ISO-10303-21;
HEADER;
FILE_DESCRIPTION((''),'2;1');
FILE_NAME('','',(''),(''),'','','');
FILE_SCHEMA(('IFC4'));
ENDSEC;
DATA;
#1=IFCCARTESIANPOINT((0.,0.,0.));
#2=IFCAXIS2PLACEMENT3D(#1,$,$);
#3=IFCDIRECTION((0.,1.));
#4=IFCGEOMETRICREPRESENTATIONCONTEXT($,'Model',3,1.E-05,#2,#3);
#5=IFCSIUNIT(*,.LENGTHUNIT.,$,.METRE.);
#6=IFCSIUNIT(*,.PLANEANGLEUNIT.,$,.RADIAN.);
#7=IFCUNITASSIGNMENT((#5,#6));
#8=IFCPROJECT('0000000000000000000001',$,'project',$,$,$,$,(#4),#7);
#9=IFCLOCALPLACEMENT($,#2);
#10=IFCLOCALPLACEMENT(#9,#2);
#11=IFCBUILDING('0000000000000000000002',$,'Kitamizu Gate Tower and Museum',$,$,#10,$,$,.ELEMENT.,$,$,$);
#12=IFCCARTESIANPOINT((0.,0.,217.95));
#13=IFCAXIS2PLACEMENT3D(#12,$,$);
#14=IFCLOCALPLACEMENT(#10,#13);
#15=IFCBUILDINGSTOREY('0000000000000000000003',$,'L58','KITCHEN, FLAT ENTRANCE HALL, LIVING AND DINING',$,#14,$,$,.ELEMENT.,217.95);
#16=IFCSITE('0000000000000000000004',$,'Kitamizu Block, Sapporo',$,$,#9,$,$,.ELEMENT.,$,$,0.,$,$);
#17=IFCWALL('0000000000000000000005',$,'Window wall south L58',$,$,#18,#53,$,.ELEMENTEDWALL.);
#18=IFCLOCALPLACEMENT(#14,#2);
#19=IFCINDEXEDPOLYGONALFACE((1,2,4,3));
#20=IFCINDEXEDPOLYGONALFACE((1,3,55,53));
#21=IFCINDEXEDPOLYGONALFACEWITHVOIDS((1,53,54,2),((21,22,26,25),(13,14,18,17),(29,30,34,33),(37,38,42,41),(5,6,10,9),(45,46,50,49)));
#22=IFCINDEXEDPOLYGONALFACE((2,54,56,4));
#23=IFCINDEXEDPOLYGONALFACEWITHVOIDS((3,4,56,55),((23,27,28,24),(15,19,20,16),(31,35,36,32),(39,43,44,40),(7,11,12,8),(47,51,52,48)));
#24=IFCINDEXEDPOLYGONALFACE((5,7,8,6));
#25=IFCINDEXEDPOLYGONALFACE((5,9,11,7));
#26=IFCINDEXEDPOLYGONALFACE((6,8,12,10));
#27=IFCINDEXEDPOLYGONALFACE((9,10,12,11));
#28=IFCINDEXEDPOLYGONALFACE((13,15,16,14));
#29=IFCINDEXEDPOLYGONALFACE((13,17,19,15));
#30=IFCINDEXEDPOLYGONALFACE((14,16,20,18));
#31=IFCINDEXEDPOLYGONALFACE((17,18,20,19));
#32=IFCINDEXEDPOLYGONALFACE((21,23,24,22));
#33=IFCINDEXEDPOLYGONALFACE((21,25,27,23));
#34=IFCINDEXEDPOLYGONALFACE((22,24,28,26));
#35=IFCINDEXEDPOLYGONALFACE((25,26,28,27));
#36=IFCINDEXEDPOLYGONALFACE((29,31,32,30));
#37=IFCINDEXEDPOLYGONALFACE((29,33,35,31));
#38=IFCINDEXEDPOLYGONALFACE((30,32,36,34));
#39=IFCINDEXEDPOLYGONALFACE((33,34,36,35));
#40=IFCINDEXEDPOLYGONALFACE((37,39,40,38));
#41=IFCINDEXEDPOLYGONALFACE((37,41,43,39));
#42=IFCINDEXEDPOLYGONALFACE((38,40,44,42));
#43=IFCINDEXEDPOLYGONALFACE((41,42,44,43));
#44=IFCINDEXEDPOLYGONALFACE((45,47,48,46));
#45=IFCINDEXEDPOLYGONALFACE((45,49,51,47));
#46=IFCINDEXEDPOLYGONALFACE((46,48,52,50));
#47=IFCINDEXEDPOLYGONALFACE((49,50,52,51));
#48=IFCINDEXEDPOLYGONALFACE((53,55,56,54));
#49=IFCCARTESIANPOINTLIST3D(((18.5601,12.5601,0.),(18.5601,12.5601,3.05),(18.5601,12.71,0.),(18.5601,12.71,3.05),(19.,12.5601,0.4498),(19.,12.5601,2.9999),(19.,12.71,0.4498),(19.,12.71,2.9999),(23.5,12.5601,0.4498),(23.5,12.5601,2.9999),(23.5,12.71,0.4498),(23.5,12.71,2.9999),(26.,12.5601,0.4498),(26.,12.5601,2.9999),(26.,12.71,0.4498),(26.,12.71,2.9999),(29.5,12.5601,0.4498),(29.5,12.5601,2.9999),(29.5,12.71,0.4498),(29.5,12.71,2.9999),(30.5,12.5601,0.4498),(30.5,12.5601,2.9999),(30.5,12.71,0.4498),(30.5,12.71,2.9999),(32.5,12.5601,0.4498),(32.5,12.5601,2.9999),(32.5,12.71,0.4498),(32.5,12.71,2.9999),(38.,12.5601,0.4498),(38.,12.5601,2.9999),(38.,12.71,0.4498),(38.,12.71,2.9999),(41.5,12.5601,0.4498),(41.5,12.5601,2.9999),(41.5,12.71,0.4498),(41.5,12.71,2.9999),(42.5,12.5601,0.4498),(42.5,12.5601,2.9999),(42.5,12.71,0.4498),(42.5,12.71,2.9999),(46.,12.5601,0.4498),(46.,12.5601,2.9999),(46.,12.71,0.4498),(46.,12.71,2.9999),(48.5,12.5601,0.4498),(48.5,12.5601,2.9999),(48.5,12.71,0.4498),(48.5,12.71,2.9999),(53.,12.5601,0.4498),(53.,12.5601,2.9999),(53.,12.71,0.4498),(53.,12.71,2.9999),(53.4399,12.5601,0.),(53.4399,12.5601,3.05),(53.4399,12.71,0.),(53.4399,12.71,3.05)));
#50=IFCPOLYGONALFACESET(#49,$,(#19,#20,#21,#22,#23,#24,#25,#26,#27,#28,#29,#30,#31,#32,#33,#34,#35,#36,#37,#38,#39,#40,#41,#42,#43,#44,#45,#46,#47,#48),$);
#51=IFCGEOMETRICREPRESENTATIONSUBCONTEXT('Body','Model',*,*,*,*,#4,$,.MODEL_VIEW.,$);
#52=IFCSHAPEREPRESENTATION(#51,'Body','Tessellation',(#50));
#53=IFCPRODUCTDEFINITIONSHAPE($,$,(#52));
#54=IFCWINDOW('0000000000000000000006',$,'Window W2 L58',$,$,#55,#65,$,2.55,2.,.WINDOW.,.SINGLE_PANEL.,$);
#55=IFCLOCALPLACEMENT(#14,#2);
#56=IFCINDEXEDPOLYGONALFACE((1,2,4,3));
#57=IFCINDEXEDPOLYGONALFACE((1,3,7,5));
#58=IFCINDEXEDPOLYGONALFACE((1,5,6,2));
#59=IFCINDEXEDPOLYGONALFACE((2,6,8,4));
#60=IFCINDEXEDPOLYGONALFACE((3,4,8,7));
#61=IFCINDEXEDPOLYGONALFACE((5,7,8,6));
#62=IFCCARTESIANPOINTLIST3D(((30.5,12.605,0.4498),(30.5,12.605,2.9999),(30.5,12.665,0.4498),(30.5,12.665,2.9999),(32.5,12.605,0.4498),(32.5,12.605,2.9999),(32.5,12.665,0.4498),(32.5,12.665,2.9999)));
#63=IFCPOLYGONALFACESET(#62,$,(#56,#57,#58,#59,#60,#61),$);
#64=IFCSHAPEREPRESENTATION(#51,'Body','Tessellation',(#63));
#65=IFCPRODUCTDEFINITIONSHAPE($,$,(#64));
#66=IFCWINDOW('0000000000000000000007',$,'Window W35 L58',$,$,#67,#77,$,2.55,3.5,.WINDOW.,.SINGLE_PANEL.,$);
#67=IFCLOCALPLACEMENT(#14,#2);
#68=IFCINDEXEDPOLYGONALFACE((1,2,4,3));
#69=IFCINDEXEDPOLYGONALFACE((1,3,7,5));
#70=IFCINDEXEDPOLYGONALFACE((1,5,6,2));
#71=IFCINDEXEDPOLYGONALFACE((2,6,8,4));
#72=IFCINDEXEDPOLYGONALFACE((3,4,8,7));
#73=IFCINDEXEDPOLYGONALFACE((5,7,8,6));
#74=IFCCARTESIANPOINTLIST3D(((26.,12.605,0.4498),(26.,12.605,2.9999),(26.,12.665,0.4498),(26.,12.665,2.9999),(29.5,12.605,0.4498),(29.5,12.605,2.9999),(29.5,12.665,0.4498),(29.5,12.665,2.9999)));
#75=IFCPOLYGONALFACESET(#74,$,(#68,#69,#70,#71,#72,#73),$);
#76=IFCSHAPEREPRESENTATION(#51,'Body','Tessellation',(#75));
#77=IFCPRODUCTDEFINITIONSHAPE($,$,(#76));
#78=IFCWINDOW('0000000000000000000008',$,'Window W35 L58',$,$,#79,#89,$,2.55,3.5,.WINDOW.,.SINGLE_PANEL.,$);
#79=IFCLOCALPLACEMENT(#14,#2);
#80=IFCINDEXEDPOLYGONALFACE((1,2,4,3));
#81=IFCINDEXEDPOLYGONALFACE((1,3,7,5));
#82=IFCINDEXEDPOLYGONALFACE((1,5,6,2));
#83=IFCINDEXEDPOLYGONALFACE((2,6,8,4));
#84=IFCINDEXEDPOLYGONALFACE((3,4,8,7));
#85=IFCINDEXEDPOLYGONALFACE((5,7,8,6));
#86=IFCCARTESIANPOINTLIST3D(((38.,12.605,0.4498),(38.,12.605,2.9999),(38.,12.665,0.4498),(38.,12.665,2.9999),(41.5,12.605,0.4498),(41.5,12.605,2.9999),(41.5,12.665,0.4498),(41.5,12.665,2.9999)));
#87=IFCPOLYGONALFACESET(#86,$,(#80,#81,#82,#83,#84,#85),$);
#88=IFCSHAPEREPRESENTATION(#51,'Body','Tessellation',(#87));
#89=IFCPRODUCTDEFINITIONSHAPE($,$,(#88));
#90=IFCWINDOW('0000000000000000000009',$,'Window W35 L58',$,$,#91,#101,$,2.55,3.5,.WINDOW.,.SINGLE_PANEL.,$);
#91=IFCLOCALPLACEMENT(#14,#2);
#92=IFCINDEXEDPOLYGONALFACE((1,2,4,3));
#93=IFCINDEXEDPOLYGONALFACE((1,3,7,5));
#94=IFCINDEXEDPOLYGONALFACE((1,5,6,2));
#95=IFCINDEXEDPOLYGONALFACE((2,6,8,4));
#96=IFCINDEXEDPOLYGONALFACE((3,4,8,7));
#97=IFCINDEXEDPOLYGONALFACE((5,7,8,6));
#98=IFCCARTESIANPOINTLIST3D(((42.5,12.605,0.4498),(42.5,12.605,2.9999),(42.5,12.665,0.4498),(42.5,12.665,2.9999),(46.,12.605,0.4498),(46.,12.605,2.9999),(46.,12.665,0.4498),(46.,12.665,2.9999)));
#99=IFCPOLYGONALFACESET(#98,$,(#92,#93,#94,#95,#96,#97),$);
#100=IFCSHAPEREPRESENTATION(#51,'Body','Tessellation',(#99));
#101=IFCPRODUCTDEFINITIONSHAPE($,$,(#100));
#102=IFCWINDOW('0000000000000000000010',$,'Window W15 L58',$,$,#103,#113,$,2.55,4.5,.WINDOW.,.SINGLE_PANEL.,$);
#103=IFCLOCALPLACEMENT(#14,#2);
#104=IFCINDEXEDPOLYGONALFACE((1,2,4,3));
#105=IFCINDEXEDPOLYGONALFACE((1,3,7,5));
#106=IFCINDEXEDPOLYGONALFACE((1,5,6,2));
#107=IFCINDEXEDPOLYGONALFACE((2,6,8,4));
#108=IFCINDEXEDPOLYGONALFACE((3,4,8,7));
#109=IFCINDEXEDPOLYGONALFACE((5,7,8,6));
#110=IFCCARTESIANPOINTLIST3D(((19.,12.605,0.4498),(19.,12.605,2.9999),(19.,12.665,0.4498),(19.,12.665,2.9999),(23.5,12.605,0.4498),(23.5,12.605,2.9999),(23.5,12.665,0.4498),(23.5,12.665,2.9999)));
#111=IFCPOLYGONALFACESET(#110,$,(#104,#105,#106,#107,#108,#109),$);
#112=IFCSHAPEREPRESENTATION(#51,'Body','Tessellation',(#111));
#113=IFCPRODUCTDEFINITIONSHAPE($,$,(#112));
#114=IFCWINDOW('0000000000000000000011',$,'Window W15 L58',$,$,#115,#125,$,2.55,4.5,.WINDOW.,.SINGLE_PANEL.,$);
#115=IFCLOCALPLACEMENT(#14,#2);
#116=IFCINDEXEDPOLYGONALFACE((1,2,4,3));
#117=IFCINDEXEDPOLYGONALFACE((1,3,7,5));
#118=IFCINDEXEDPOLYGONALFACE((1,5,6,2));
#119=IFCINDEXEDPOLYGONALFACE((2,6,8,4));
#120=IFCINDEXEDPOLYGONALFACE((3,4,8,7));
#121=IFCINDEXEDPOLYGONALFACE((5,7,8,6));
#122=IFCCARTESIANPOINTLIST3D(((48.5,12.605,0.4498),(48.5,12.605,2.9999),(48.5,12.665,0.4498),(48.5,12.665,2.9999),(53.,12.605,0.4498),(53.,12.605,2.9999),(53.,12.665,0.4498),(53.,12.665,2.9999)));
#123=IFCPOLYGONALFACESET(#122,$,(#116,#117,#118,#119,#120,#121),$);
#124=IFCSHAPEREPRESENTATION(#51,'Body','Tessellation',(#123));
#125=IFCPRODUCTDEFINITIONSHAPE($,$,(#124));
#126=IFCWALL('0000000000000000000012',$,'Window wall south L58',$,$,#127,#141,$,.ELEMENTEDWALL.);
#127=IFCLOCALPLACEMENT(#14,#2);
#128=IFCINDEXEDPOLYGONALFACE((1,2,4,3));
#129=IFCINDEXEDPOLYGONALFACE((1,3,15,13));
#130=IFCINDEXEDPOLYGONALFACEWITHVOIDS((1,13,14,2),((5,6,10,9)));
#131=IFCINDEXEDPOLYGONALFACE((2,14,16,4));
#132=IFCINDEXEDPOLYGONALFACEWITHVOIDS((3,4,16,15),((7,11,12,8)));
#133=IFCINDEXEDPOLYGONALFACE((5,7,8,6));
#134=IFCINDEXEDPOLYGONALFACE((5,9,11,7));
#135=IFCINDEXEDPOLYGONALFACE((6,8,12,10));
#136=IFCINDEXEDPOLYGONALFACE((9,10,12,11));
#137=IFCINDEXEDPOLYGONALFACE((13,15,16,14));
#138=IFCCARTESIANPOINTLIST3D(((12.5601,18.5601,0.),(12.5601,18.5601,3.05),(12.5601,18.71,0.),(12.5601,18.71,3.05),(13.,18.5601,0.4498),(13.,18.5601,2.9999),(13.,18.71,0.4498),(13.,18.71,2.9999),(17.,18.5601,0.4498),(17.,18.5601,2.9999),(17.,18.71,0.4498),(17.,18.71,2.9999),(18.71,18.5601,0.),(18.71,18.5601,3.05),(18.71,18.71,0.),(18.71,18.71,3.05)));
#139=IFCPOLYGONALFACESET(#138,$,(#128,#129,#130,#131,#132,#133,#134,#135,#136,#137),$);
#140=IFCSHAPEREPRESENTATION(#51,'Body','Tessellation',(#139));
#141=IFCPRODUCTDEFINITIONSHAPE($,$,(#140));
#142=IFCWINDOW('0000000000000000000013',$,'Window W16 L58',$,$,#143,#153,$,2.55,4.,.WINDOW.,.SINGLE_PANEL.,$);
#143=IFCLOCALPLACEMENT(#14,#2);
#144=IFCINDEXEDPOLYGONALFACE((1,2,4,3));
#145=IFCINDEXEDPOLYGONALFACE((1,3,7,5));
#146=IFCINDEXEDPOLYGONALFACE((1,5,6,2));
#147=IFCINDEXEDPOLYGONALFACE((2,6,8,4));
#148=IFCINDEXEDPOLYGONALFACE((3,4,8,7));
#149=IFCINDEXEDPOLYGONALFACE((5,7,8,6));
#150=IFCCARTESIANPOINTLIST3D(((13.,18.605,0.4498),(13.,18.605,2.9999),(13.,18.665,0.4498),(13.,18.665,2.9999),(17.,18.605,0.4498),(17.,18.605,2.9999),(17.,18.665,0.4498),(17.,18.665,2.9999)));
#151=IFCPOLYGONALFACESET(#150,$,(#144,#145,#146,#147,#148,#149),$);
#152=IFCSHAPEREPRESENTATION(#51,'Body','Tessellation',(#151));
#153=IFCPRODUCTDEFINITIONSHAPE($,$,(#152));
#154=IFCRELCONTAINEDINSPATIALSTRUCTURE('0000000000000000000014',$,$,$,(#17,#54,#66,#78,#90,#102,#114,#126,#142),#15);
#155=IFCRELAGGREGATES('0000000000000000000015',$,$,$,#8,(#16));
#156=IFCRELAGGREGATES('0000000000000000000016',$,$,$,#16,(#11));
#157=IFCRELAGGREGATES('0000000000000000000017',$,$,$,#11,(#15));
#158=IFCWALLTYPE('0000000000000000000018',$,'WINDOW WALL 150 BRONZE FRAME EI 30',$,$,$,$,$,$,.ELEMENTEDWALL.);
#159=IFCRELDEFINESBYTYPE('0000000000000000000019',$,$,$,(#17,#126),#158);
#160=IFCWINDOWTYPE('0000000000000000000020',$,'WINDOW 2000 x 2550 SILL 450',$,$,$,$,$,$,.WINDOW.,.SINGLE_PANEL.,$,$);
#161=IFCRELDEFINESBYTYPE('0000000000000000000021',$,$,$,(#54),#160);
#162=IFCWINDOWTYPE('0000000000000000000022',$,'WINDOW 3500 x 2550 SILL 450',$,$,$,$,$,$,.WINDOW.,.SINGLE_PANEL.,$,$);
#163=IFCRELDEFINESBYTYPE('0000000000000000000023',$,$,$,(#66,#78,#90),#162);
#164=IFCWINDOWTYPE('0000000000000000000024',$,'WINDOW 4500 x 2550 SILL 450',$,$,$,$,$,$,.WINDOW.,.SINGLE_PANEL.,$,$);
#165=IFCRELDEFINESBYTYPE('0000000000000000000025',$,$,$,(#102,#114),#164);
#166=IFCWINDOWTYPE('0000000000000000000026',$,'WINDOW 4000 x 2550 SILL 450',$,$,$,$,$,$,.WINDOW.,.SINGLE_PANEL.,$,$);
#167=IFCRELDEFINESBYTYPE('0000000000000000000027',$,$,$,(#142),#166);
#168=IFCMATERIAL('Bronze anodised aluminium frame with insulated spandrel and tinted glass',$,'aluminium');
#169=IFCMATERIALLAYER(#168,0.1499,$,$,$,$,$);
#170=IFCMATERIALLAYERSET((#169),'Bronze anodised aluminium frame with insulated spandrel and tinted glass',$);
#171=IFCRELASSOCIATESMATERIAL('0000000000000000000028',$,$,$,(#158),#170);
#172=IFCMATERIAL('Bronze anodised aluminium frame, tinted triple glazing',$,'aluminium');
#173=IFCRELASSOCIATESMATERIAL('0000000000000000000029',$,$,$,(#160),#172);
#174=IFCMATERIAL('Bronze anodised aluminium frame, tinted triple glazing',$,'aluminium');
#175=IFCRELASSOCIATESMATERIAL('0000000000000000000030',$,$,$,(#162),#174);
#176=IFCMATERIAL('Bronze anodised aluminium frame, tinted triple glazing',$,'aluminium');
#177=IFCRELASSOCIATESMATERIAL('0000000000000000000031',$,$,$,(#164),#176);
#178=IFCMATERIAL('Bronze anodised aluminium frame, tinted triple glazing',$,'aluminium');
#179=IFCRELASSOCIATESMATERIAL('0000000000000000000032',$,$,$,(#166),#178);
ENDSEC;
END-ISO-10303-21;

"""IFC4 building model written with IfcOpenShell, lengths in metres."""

from ifc_helpers import new_model, si_unit, direction, frame, frame_2d, origin, place, context, subcontext, project, spatial, rectangle, extrude, material, layer, layer_set, type_object, element, fill, save


model = new_model("IFC4")

# Units and contexts
model_context = context("Model", 3, precision=1e-05, world=origin(), true_north=direction((0.0, 1.0)))
body_context = subcontext(model_context, "Body", "Model", "MODEL_VIEW")
ifc_project = project(units=[si_unit("LENGTHUNIT", "METRE"), si_unit("PLANEANGLEUNIT", "RADIAN")], contexts=[model_context])

# Site, building, storey
site_placement = place(None, origin())
site = spatial("IfcSite", under=ifc_project, at=site_placement, Name="Kitamizu Block, Sapporo", CompositionType="ELEMENT", RefElevation=0.0)
building_placement = place(site_placement, origin())
building = spatial("IfcBuilding", under=site, at=building_placement, Name="Kitamizu Gate Tower and Museum", CompositionType="ELEMENT")
storey_placement = place(building_placement, frame((0.0, 0.0, 217.95)))
storey = spatial("IfcBuildingStorey", under=building, at=storey_placement, Name="L58", Description="KITCHEN, FLAT ENTRANCE HALL, LIVING AND DINING", CompositionType="ELEMENT", Elevation=217.95)

# Wall, openings, windows
ifc_material_1 = material(Name="Bronze anodised aluminium frame with insulated spandrel and tinted glass", Category="aluminium")
ifc_layer_1 = layer(ifc_material_1, 0.1499)
ifc_layer_set_1 = layer_set([ifc_layer_1], Name="Bronze anodised aluminium frame with insulated spandrel and tinted glass")
wall_type_1 = type_object("IfcWallType", Name="WINDOW WALL 150 BRONZE FRAME EI 30", PredefinedType="ELEMENTEDWALL", material=ifc_layer_set_1)
wall_1_placement = place(storey_placement, frame((18.5601, 12.635, 0.0), z_axis=(0.0, 0.0, 1.0), x_axis=(1.0, 0.0, 0.0)))
wall_1 = element("IfcWall", 1, at=wall_1_placement, inside=storey, type_object=wall_type_1, Name="Window wall south L58", PredefinedType="ELEMENTEDWALL", context=body_context, shape_type="SweptSolid", body=[
    extrude(rectangle(XDim=34.8799, YDim=0.1499, at=frame_2d((17.4399, 0.0))), origin(), (0.0, 0.0, 1.0), 3.05),
])
opening_1_placement = place(wall_1_placement, frame((0.4399, 0.0, 0.45)))
opening_1 = element("IfcOpeningElement", 2, at=opening_1_placement, cuts=wall_1, PredefinedType="OPENING", context=body_context, shape_type="SweptSolid", body=[
    extrude(rectangle(XDim=4.5, YDim=2.55, at=frame_2d((2.25, 1.2749))), frame((0.0, 0.085, 0.0), z_axis=(0.0, -1.0, 0.0), x_axis=(1.0, 0.0, 0.0)), (0.0, 0.0, 1.0), 0.1699),
])
opening_2_placement = place(wall_1_placement, frame((7.4399, 0.0, 0.45)))
opening_2 = element("IfcOpeningElement", 3, at=opening_2_placement, cuts=wall_1, PredefinedType="OPENING", context=body_context, shape_type="SweptSolid", body=[
    extrude(rectangle(XDim=3.5, YDim=2.55, at=frame_2d((1.75, 1.2749))), frame((0.0, 0.085, 0.0), z_axis=(0.0, -1.0, 0.0), x_axis=(1.0, 0.0, 0.0)), (0.0, 0.0, 1.0), 0.1699),
])
opening_3_placement = place(wall_1_placement, frame((11.9399, 0.0, 0.45)))
opening_3 = element("IfcOpeningElement", 4, at=opening_3_placement, cuts=wall_1, PredefinedType="OPENING", context=body_context, shape_type="SweptSolid", body=[
    extrude(rectangle(XDim=2.0, YDim=2.55, at=frame_2d((1.0, 1.2749))), frame((0.0, 0.085, 0.0), z_axis=(0.0, -1.0, 0.0), x_axis=(1.0, 0.0, 0.0)), (0.0, 0.0, 1.0), 0.1699),
])
opening_4_placement = place(wall_1_placement, frame((19.4399, 0.0, 0.45)))
opening_4 = element("IfcOpeningElement", 5, at=opening_4_placement, cuts=wall_1, PredefinedType="OPENING", context=body_context, shape_type="SweptSolid", body=[
    extrude(rectangle(XDim=3.5, YDim=2.55, at=frame_2d((1.75, 1.2749))), frame((0.0, 0.085, 0.0), z_axis=(0.0, -1.0, 0.0), x_axis=(1.0, 0.0, 0.0)), (0.0, 0.0, 1.0), 0.1699),
])
opening_5_placement = place(wall_1_placement, frame((23.9399, 0.0, 0.45)))
opening_5 = element("IfcOpeningElement", 6, at=opening_5_placement, cuts=wall_1, PredefinedType="OPENING", context=body_context, shape_type="SweptSolid", body=[
    extrude(rectangle(XDim=3.5, YDim=2.55, at=frame_2d((1.75, 1.2749))), frame((0.0, 0.085, 0.0), z_axis=(0.0, -1.0, 0.0), x_axis=(1.0, 0.0, 0.0)), (0.0, 0.0, 1.0), 0.1699),
])
opening_6_placement = place(wall_1_placement, frame((29.9399, 0.0, 0.45)))
opening_6 = element("IfcOpeningElement", 7, at=opening_6_placement, cuts=wall_1, PredefinedType="OPENING", context=body_context, shape_type="SweptSolid", body=[
    extrude(rectangle(XDim=4.5, YDim=2.55, at=frame_2d((2.25, 1.2749))), frame((0.0, 0.085, 0.0), z_axis=(0.0, -1.0, 0.0), x_axis=(1.0, 0.0, 0.0)), (0.0, 0.0, 1.0), 0.1699),
])
ifc_material_2 = material(Name="Bronze anodised aluminium frame, tinted triple glazing", Category="aluminium")
window_type_1 = type_object("IfcWindowType", Name="WINDOW 2000 x 2550 SILL 450", PartitioningType="SINGLE_PANEL", PredefinedType="WINDOW", material=ifc_material_2)
window_1_placement = place(opening_3_placement, origin())
window_1 = element("IfcWindow", 8, at=window_1_placement, inside=storey, type_object=window_type_1, Name="Window W2 L58", OverallHeight=2.55, OverallWidth=2.0, PartitioningType="SINGLE_PANEL", PredefinedType="WINDOW", context=body_context, shape_type="SweptSolid", body=[
    extrude(rectangle(XDim=2.0, YDim=2.55, at=frame_2d((1.0, 1.2749))), frame((0.0, 0.03, 0.0), z_axis=(0.0, -1.0, 0.0), x_axis=(1.0, 0.0, 0.0)), (0.0, 0.0, 1.0), 0.0601),
])
fill(opening_3, window_1)
ifc_material_3 = material(Name="Bronze anodised aluminium frame, tinted triple glazing", Category="aluminium")
window_type_2 = type_object("IfcWindowType", Name="WINDOW 3500 x 2550 SILL 450", PartitioningType="SINGLE_PANEL", PredefinedType="WINDOW", material=ifc_material_3)
window_2_placement = place(opening_2_placement, origin())
window_2 = element("IfcWindow", 9, at=window_2_placement, inside=storey, type_object=window_type_2, Name="Window W35 L58", OverallHeight=2.55, OverallWidth=3.5, PartitioningType="SINGLE_PANEL", PredefinedType="WINDOW", context=body_context, shape_type="SweptSolid", body=[
    extrude(rectangle(XDim=3.5, YDim=2.55, at=frame_2d((1.75, 1.2749))), frame((0.0, 0.03, 0.0), z_axis=(0.0, -1.0, 0.0), x_axis=(1.0, 0.0, 0.0)), (0.0, 0.0, 1.0), 0.0601),
])
fill(opening_2, window_2)
window_3_placement = place(opening_4_placement, origin())
window_3 = element("IfcWindow", 10, at=window_3_placement, inside=storey, type_object=window_type_2, Name="Window W35 L58", OverallHeight=2.55, OverallWidth=3.5, PartitioningType="SINGLE_PANEL", PredefinedType="WINDOW", context=body_context, shape_type="SweptSolid", body=[
    extrude(rectangle(XDim=3.5, YDim=2.55, at=frame_2d((1.75, 1.2749))), frame((0.0, 0.03, 0.0), z_axis=(0.0, -1.0, 0.0), x_axis=(1.0, 0.0, 0.0)), (0.0, 0.0, 1.0), 0.0601),
])
fill(opening_4, window_3)
window_4_placement = place(opening_5_placement, origin())
window_4 = element("IfcWindow", 11, at=window_4_placement, inside=storey, type_object=window_type_2, Name="Window W35 L58", OverallHeight=2.55, OverallWidth=3.5, PartitioningType="SINGLE_PANEL", PredefinedType="WINDOW", context=body_context, shape_type="SweptSolid", body=[
    extrude(rectangle(XDim=3.5, YDim=2.55, at=frame_2d((1.75, 1.2749))), frame((0.0, 0.03, 0.0), z_axis=(0.0, -1.0, 0.0), x_axis=(1.0, 0.0, 0.0)), (0.0, 0.0, 1.0), 0.0601),
])
fill(opening_5, window_4)
ifc_material_4 = material(Name="Bronze anodised aluminium frame, tinted triple glazing", Category="aluminium")
window_type_3 = type_object("IfcWindowType", Name="WINDOW 4500 x 2550 SILL 450", PartitioningType="SINGLE_PANEL", PredefinedType="WINDOW", material=ifc_material_4)
window_5_placement = place(opening_1_placement, origin())
window_5 = element("IfcWindow", 12, at=window_5_placement, inside=storey, type_object=window_type_3, Name="Window W15 L58", OverallHeight=2.55, OverallWidth=4.5, PartitioningType="SINGLE_PANEL", PredefinedType="WINDOW", context=body_context, shape_type="SweptSolid", body=[
    extrude(rectangle(XDim=4.5, YDim=2.55, at=frame_2d((2.25, 1.2749))), frame((0.0, 0.03, 0.0), z_axis=(0.0, -1.0, 0.0), x_axis=(1.0, 0.0, 0.0)), (0.0, 0.0, 1.0), 0.0601),
])
fill(opening_1, window_5)
window_6_placement = place(opening_6_placement, origin())
window_6 = element("IfcWindow", 13, at=window_6_placement, inside=storey, type_object=window_type_3, Name="Window W15 L58", OverallHeight=2.55, OverallWidth=4.5, PartitioningType="SINGLE_PANEL", PredefinedType="WINDOW", context=body_context, shape_type="SweptSolid", body=[
    extrude(rectangle(XDim=4.5, YDim=2.55, at=frame_2d((2.25, 1.2749))), frame((0.0, 0.03, 0.0), z_axis=(0.0, -1.0, 0.0), x_axis=(1.0, 0.0, 0.0)), (0.0, 0.0, 1.0), 0.0601),
])
fill(opening_6, window_6)

# Wall, opening, window
wall_2_placement = place(storey_placement, frame((12.5601, 18.635, 0.0), z_axis=(0.0, 0.0, 1.0), x_axis=(1.0, 0.0, 0.0)))
wall_2 = element("IfcWall", 14, at=wall_2_placement, inside=storey, type_object=wall_type_1, Name="Window wall south L58", PredefinedType="ELEMENTEDWALL", context=body_context, shape_type="SweptSolid", body=[
    extrude(rectangle(XDim=6.1499, YDim=0.1499, at=frame_2d((3.075, 0.0))), origin(), (0.0, 0.0, 1.0), 3.05),
])
opening_7_placement = place(wall_2_placement, frame((0.4399, 0.0, 0.45)))
opening_7 = element("IfcOpeningElement", 15, at=opening_7_placement, cuts=wall_2, PredefinedType="OPENING", context=body_context, shape_type="SweptSolid", body=[
    extrude(rectangle(XDim=4.0, YDim=2.55, at=frame_2d((2.0, 1.2749))), frame((0.0, 0.085, 0.0), z_axis=(0.0, -1.0, 0.0), x_axis=(1.0, 0.0, 0.0)), (0.0, 0.0, 1.0), 0.1699),
])
ifc_material_5 = material(Name="Bronze anodised aluminium frame, tinted triple glazing", Category="aluminium")
window_type_4 = type_object("IfcWindowType", Name="WINDOW 4000 x 2550 SILL 450", PartitioningType="SINGLE_PANEL", PredefinedType="WINDOW", material=ifc_material_5)
window_7_placement = place(opening_7_placement, origin())
window_7 = element("IfcWindow", 16, at=window_7_placement, inside=storey, type_object=window_type_4, Name="Window W16 L58", OverallHeight=2.55, OverallWidth=4.0, PartitioningType="SINGLE_PANEL", PredefinedType="WINDOW", context=body_context, shape_type="SweptSolid", body=[
    extrude(rectangle(XDim=4.0, YDim=2.55, at=frame_2d((2.0, 1.2749))), frame((0.0, 0.03, 0.0), z_axis=(0.0, -1.0, 0.0), x_axis=(1.0, 0.0, 0.0)), (0.0, 0.0, 1.0), 0.0601),
])
fill(opening_7, window_7)

save(model, "model.ifc")
